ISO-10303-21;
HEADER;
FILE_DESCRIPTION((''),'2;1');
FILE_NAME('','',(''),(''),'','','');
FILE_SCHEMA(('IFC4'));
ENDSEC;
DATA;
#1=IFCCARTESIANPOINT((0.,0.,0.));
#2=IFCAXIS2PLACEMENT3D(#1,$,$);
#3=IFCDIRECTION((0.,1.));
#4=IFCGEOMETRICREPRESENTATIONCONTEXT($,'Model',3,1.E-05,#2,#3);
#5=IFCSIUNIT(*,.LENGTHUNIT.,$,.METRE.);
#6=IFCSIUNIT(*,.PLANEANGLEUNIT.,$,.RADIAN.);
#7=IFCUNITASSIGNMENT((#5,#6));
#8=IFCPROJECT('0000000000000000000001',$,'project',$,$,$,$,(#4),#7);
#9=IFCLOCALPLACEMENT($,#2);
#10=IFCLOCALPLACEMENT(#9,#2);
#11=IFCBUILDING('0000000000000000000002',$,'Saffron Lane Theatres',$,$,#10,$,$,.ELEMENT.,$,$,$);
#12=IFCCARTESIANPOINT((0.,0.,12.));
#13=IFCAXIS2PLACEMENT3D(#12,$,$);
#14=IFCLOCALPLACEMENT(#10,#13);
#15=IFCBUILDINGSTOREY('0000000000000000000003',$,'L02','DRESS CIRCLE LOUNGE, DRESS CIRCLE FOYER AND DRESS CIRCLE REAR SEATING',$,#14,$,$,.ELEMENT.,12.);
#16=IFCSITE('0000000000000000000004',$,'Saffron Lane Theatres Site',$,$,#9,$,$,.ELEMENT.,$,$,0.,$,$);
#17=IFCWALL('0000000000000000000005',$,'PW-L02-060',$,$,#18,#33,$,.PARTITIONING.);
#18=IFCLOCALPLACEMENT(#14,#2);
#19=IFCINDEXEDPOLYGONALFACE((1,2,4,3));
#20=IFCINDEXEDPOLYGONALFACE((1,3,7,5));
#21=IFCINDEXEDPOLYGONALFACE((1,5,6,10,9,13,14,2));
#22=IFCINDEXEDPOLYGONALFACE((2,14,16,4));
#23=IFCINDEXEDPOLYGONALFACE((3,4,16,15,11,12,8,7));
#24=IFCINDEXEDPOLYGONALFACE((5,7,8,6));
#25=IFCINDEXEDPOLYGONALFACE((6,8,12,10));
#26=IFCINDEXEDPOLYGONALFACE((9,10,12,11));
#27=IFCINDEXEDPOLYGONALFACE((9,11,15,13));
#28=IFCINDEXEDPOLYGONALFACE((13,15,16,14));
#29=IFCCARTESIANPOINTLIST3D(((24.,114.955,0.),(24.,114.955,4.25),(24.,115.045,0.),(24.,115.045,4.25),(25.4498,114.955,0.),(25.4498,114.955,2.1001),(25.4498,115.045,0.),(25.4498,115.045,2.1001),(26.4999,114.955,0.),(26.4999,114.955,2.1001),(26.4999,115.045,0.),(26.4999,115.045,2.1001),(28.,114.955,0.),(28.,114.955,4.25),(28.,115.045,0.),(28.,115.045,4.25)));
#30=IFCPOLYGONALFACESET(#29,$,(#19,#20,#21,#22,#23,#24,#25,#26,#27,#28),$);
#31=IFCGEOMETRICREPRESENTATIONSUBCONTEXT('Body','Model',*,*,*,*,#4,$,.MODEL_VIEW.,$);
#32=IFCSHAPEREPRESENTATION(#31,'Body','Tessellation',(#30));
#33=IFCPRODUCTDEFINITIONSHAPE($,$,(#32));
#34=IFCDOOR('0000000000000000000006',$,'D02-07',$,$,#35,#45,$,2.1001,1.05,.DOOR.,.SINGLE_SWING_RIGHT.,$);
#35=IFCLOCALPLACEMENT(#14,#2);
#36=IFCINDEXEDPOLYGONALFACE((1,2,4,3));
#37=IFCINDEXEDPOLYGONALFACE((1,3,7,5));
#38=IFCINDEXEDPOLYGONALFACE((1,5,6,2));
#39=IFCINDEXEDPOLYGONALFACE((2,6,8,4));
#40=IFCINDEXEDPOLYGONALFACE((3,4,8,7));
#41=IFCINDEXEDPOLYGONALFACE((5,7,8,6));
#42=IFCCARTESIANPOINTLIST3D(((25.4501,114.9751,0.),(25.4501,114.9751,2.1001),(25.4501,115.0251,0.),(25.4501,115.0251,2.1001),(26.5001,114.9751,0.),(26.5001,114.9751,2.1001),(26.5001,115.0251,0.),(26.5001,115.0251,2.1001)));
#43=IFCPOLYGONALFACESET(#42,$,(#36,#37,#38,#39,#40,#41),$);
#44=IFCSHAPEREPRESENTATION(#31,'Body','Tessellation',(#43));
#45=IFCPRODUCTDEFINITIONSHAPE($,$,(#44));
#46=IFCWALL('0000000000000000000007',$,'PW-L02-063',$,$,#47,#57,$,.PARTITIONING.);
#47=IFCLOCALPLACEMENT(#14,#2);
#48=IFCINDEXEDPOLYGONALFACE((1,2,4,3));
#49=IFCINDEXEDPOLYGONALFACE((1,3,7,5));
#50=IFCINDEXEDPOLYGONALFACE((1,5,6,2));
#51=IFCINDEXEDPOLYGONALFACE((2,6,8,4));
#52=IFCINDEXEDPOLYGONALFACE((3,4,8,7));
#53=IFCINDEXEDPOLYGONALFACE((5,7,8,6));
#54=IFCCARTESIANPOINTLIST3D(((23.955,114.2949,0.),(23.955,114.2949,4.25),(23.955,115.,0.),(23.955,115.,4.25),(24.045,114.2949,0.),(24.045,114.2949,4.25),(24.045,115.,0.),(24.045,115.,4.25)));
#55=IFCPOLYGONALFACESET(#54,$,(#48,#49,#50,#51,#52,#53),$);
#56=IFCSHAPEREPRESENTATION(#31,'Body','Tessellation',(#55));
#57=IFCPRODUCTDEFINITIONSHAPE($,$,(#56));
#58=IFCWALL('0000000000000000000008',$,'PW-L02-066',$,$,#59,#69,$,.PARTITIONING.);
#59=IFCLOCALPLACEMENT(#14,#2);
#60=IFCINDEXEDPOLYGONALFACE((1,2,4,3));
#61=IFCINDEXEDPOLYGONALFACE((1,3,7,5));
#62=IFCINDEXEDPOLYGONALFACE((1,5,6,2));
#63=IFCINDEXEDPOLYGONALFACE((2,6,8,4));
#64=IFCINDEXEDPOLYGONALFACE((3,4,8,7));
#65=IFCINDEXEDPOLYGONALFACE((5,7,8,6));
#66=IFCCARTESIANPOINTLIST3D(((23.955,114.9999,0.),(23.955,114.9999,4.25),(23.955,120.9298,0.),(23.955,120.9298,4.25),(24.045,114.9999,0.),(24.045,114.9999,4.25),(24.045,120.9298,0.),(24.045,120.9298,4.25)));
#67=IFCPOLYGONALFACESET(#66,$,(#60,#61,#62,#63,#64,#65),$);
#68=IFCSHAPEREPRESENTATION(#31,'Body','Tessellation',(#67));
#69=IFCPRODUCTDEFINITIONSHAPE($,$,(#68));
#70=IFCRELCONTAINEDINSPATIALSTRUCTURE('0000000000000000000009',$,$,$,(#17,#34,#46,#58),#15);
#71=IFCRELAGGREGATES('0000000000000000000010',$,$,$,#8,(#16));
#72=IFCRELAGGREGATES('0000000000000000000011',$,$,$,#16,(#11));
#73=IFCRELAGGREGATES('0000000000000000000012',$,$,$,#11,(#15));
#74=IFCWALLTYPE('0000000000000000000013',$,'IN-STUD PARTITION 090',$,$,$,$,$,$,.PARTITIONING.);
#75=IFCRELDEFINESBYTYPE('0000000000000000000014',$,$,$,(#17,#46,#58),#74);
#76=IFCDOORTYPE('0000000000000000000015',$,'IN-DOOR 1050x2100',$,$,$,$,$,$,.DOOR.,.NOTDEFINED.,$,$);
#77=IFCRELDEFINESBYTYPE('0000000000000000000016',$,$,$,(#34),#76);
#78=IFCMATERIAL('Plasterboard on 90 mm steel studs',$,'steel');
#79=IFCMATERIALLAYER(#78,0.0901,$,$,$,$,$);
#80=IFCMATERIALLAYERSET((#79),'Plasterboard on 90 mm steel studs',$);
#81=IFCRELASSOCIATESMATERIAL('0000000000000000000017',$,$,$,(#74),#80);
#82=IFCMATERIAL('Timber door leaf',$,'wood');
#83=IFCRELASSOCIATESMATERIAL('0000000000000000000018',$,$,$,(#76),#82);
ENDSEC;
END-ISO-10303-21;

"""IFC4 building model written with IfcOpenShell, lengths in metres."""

from ifc_helpers import new_model, si_unit, direction, frame, frame_2d, origin, place, context, subcontext, project, spatial, rectangle, extrude, material, layer, layer_set, type_object, element, fill, save


model = new_model("IFC4")

# Units and contexts
model_context = context("Model", 3, precision=1e-05, world=origin(), true_north=direction((0.0, 1.0)))
body_context = subcontext(model_context, "Body", "Model", "MODEL_VIEW")
ifc_project = project(units=[si_unit("LENGTHUNIT", "METRE"), si_unit("PLANEANGLEUNIT", "RADIAN")], contexts=[model_context])

# Site, building, storey
site_placement = place(None, origin())
site = spatial("IfcSite", under=ifc_project, at=site_placement, Name="Saffron Lane Theatres Site", CompositionType="ELEMENT", RefElevation=0.0)
building_placement = place(site_placement, origin())
building = spatial("IfcBuilding", under=site, at=building_placement, Name="Saffron Lane Theatres", CompositionType="ELEMENT")
storey_placement = place(building_placement, frame((0.0, 0.0, 12.0)))
storey = spatial("IfcBuildingStorey", under=building, at=storey_placement, Name="L02", Description="DRESS CIRCLE LOUNGE, DRESS CIRCLE FOYER AND DRESS CIRCLE REAR SEATING", CompositionType="ELEMENT", Elevation=12.0)

# Wall, opening, door
ifc_material_1 = material(Name="Plasterboard on 90 mm steel studs", Category="steel")
ifc_layer_1 = layer(ifc_material_1, 0.0901)
ifc_layer_set_1 = layer_set([ifc_layer_1], Name="Plasterboard on 90 mm steel studs")
wall_type_1 = type_object("IfcWallType", Name="IN-STUD PARTITION 090", PredefinedType="PARTITIONING", material=ifc_layer_set_1)
wall_1_placement = place(storey_placement, frame((24.0, 115.0, 0.0), z_axis=(0.0, 0.0, 1.0), x_axis=(1.0, 0.0, 0.0)))
wall_1 = element("IfcWall", 1, at=wall_1_placement, inside=storey, type_object=wall_type_1, Name="PW-L02-060", PredefinedType="PARTITIONING", context=body_context, shape_type="SweptSolid", body=[
    extrude(rectangle(XDim=4.0, YDim=0.0901, at=frame_2d((2.0, 0.0))), origin(), (0.0, 0.0, 1.0), 4.25),
])
opening_1_placement = place(wall_1_placement, frame((1.45, 0.0, 0.0)))
opening_1 = element("IfcOpeningElement", 2, at=opening_1_placement, cuts=wall_1, PredefinedType="OPENING", context=body_context, shape_type="SweptSolid", body=[
    extrude(rectangle(XDim=1.05, YDim=2.1001, at=frame_2d((0.5249, 1.05))), frame((0.0, 0.0552, 0.0), z_axis=(0.0, -1.0, 0.0), x_axis=(1.0, 0.0, 0.0)), (0.0, 0.0, 1.0), 0.1101),
])
ifc_material_2 = material(Name="Timber door leaf", Category="wood")
door_type_1 = type_object("IfcDoorType", Name="IN-DOOR 1050x2100", OperationType="NOTDEFINED", PredefinedType="DOOR", material=ifc_material_2)
door_1_placement = place(opening_1_placement, frame((1.05, 0.0, 0.0), z_axis=(0.0, 0.0, 1.0), x_axis=(-1.0, 0.0, 0.0)))
door_1 = element("IfcDoor", 3, at=door_1_placement, inside=storey, type_object=door_type_1, Name="D02-07", OperationType="SINGLE_SWING_RIGHT", OverallHeight=2.1001, OverallWidth=1.05, PredefinedType="DOOR", context=body_context, shape_type="SweptSolid", body=[
    extrude(rectangle(XDim=1.05, YDim=2.1001, at=frame_2d((0.5249, 1.05))), frame((0.0, 0.0249, 0.0), z_axis=(0.0, -1.0, 0.0), x_axis=(1.0, 0.0, 0.0)), (0.0, 0.0, 1.0), 0.05),
])
fill(opening_1, door_1)

# Walls
wall_2_placement = place(storey_placement, frame((24.0, 114.2949, 0.0), z_axis=(0.0, 0.0, 1.0), x_axis=(0.0, 1.0, 0.0)))
element("IfcWall", 4, at=wall_2_placement, inside=storey, type_object=wall_type_1, Name="PW-L02-063", PredefinedType="PARTITIONING", context=body_context, shape_type="SweptSolid", body=[
    extrude(rectangle(XDim=0.7051, YDim=0.0901, at=frame_2d((0.3525, 0.0))), origin(), (0.0, 0.0, 1.0), 4.25),
])
wall_3_placement = place(storey_placement, frame((24.0, 115.0, 0.0), z_axis=(0.0, 0.0, 1.0), x_axis=(0.0, 1.0, 0.0)))
element("IfcWall", 5, at=wall_3_placement, inside=storey, type_object=wall_type_1, Name="PW-L02-066", PredefinedType="PARTITIONING", context=body_context, shape_type="SweptSolid", body=[
    extrude(rectangle(XDim=5.9299, YDim=0.0901, at=frame_2d((2.9648, 0.0))), origin(), (0.0, 0.0, 1.0), 4.25),
])

save(model, "model.ifc")
